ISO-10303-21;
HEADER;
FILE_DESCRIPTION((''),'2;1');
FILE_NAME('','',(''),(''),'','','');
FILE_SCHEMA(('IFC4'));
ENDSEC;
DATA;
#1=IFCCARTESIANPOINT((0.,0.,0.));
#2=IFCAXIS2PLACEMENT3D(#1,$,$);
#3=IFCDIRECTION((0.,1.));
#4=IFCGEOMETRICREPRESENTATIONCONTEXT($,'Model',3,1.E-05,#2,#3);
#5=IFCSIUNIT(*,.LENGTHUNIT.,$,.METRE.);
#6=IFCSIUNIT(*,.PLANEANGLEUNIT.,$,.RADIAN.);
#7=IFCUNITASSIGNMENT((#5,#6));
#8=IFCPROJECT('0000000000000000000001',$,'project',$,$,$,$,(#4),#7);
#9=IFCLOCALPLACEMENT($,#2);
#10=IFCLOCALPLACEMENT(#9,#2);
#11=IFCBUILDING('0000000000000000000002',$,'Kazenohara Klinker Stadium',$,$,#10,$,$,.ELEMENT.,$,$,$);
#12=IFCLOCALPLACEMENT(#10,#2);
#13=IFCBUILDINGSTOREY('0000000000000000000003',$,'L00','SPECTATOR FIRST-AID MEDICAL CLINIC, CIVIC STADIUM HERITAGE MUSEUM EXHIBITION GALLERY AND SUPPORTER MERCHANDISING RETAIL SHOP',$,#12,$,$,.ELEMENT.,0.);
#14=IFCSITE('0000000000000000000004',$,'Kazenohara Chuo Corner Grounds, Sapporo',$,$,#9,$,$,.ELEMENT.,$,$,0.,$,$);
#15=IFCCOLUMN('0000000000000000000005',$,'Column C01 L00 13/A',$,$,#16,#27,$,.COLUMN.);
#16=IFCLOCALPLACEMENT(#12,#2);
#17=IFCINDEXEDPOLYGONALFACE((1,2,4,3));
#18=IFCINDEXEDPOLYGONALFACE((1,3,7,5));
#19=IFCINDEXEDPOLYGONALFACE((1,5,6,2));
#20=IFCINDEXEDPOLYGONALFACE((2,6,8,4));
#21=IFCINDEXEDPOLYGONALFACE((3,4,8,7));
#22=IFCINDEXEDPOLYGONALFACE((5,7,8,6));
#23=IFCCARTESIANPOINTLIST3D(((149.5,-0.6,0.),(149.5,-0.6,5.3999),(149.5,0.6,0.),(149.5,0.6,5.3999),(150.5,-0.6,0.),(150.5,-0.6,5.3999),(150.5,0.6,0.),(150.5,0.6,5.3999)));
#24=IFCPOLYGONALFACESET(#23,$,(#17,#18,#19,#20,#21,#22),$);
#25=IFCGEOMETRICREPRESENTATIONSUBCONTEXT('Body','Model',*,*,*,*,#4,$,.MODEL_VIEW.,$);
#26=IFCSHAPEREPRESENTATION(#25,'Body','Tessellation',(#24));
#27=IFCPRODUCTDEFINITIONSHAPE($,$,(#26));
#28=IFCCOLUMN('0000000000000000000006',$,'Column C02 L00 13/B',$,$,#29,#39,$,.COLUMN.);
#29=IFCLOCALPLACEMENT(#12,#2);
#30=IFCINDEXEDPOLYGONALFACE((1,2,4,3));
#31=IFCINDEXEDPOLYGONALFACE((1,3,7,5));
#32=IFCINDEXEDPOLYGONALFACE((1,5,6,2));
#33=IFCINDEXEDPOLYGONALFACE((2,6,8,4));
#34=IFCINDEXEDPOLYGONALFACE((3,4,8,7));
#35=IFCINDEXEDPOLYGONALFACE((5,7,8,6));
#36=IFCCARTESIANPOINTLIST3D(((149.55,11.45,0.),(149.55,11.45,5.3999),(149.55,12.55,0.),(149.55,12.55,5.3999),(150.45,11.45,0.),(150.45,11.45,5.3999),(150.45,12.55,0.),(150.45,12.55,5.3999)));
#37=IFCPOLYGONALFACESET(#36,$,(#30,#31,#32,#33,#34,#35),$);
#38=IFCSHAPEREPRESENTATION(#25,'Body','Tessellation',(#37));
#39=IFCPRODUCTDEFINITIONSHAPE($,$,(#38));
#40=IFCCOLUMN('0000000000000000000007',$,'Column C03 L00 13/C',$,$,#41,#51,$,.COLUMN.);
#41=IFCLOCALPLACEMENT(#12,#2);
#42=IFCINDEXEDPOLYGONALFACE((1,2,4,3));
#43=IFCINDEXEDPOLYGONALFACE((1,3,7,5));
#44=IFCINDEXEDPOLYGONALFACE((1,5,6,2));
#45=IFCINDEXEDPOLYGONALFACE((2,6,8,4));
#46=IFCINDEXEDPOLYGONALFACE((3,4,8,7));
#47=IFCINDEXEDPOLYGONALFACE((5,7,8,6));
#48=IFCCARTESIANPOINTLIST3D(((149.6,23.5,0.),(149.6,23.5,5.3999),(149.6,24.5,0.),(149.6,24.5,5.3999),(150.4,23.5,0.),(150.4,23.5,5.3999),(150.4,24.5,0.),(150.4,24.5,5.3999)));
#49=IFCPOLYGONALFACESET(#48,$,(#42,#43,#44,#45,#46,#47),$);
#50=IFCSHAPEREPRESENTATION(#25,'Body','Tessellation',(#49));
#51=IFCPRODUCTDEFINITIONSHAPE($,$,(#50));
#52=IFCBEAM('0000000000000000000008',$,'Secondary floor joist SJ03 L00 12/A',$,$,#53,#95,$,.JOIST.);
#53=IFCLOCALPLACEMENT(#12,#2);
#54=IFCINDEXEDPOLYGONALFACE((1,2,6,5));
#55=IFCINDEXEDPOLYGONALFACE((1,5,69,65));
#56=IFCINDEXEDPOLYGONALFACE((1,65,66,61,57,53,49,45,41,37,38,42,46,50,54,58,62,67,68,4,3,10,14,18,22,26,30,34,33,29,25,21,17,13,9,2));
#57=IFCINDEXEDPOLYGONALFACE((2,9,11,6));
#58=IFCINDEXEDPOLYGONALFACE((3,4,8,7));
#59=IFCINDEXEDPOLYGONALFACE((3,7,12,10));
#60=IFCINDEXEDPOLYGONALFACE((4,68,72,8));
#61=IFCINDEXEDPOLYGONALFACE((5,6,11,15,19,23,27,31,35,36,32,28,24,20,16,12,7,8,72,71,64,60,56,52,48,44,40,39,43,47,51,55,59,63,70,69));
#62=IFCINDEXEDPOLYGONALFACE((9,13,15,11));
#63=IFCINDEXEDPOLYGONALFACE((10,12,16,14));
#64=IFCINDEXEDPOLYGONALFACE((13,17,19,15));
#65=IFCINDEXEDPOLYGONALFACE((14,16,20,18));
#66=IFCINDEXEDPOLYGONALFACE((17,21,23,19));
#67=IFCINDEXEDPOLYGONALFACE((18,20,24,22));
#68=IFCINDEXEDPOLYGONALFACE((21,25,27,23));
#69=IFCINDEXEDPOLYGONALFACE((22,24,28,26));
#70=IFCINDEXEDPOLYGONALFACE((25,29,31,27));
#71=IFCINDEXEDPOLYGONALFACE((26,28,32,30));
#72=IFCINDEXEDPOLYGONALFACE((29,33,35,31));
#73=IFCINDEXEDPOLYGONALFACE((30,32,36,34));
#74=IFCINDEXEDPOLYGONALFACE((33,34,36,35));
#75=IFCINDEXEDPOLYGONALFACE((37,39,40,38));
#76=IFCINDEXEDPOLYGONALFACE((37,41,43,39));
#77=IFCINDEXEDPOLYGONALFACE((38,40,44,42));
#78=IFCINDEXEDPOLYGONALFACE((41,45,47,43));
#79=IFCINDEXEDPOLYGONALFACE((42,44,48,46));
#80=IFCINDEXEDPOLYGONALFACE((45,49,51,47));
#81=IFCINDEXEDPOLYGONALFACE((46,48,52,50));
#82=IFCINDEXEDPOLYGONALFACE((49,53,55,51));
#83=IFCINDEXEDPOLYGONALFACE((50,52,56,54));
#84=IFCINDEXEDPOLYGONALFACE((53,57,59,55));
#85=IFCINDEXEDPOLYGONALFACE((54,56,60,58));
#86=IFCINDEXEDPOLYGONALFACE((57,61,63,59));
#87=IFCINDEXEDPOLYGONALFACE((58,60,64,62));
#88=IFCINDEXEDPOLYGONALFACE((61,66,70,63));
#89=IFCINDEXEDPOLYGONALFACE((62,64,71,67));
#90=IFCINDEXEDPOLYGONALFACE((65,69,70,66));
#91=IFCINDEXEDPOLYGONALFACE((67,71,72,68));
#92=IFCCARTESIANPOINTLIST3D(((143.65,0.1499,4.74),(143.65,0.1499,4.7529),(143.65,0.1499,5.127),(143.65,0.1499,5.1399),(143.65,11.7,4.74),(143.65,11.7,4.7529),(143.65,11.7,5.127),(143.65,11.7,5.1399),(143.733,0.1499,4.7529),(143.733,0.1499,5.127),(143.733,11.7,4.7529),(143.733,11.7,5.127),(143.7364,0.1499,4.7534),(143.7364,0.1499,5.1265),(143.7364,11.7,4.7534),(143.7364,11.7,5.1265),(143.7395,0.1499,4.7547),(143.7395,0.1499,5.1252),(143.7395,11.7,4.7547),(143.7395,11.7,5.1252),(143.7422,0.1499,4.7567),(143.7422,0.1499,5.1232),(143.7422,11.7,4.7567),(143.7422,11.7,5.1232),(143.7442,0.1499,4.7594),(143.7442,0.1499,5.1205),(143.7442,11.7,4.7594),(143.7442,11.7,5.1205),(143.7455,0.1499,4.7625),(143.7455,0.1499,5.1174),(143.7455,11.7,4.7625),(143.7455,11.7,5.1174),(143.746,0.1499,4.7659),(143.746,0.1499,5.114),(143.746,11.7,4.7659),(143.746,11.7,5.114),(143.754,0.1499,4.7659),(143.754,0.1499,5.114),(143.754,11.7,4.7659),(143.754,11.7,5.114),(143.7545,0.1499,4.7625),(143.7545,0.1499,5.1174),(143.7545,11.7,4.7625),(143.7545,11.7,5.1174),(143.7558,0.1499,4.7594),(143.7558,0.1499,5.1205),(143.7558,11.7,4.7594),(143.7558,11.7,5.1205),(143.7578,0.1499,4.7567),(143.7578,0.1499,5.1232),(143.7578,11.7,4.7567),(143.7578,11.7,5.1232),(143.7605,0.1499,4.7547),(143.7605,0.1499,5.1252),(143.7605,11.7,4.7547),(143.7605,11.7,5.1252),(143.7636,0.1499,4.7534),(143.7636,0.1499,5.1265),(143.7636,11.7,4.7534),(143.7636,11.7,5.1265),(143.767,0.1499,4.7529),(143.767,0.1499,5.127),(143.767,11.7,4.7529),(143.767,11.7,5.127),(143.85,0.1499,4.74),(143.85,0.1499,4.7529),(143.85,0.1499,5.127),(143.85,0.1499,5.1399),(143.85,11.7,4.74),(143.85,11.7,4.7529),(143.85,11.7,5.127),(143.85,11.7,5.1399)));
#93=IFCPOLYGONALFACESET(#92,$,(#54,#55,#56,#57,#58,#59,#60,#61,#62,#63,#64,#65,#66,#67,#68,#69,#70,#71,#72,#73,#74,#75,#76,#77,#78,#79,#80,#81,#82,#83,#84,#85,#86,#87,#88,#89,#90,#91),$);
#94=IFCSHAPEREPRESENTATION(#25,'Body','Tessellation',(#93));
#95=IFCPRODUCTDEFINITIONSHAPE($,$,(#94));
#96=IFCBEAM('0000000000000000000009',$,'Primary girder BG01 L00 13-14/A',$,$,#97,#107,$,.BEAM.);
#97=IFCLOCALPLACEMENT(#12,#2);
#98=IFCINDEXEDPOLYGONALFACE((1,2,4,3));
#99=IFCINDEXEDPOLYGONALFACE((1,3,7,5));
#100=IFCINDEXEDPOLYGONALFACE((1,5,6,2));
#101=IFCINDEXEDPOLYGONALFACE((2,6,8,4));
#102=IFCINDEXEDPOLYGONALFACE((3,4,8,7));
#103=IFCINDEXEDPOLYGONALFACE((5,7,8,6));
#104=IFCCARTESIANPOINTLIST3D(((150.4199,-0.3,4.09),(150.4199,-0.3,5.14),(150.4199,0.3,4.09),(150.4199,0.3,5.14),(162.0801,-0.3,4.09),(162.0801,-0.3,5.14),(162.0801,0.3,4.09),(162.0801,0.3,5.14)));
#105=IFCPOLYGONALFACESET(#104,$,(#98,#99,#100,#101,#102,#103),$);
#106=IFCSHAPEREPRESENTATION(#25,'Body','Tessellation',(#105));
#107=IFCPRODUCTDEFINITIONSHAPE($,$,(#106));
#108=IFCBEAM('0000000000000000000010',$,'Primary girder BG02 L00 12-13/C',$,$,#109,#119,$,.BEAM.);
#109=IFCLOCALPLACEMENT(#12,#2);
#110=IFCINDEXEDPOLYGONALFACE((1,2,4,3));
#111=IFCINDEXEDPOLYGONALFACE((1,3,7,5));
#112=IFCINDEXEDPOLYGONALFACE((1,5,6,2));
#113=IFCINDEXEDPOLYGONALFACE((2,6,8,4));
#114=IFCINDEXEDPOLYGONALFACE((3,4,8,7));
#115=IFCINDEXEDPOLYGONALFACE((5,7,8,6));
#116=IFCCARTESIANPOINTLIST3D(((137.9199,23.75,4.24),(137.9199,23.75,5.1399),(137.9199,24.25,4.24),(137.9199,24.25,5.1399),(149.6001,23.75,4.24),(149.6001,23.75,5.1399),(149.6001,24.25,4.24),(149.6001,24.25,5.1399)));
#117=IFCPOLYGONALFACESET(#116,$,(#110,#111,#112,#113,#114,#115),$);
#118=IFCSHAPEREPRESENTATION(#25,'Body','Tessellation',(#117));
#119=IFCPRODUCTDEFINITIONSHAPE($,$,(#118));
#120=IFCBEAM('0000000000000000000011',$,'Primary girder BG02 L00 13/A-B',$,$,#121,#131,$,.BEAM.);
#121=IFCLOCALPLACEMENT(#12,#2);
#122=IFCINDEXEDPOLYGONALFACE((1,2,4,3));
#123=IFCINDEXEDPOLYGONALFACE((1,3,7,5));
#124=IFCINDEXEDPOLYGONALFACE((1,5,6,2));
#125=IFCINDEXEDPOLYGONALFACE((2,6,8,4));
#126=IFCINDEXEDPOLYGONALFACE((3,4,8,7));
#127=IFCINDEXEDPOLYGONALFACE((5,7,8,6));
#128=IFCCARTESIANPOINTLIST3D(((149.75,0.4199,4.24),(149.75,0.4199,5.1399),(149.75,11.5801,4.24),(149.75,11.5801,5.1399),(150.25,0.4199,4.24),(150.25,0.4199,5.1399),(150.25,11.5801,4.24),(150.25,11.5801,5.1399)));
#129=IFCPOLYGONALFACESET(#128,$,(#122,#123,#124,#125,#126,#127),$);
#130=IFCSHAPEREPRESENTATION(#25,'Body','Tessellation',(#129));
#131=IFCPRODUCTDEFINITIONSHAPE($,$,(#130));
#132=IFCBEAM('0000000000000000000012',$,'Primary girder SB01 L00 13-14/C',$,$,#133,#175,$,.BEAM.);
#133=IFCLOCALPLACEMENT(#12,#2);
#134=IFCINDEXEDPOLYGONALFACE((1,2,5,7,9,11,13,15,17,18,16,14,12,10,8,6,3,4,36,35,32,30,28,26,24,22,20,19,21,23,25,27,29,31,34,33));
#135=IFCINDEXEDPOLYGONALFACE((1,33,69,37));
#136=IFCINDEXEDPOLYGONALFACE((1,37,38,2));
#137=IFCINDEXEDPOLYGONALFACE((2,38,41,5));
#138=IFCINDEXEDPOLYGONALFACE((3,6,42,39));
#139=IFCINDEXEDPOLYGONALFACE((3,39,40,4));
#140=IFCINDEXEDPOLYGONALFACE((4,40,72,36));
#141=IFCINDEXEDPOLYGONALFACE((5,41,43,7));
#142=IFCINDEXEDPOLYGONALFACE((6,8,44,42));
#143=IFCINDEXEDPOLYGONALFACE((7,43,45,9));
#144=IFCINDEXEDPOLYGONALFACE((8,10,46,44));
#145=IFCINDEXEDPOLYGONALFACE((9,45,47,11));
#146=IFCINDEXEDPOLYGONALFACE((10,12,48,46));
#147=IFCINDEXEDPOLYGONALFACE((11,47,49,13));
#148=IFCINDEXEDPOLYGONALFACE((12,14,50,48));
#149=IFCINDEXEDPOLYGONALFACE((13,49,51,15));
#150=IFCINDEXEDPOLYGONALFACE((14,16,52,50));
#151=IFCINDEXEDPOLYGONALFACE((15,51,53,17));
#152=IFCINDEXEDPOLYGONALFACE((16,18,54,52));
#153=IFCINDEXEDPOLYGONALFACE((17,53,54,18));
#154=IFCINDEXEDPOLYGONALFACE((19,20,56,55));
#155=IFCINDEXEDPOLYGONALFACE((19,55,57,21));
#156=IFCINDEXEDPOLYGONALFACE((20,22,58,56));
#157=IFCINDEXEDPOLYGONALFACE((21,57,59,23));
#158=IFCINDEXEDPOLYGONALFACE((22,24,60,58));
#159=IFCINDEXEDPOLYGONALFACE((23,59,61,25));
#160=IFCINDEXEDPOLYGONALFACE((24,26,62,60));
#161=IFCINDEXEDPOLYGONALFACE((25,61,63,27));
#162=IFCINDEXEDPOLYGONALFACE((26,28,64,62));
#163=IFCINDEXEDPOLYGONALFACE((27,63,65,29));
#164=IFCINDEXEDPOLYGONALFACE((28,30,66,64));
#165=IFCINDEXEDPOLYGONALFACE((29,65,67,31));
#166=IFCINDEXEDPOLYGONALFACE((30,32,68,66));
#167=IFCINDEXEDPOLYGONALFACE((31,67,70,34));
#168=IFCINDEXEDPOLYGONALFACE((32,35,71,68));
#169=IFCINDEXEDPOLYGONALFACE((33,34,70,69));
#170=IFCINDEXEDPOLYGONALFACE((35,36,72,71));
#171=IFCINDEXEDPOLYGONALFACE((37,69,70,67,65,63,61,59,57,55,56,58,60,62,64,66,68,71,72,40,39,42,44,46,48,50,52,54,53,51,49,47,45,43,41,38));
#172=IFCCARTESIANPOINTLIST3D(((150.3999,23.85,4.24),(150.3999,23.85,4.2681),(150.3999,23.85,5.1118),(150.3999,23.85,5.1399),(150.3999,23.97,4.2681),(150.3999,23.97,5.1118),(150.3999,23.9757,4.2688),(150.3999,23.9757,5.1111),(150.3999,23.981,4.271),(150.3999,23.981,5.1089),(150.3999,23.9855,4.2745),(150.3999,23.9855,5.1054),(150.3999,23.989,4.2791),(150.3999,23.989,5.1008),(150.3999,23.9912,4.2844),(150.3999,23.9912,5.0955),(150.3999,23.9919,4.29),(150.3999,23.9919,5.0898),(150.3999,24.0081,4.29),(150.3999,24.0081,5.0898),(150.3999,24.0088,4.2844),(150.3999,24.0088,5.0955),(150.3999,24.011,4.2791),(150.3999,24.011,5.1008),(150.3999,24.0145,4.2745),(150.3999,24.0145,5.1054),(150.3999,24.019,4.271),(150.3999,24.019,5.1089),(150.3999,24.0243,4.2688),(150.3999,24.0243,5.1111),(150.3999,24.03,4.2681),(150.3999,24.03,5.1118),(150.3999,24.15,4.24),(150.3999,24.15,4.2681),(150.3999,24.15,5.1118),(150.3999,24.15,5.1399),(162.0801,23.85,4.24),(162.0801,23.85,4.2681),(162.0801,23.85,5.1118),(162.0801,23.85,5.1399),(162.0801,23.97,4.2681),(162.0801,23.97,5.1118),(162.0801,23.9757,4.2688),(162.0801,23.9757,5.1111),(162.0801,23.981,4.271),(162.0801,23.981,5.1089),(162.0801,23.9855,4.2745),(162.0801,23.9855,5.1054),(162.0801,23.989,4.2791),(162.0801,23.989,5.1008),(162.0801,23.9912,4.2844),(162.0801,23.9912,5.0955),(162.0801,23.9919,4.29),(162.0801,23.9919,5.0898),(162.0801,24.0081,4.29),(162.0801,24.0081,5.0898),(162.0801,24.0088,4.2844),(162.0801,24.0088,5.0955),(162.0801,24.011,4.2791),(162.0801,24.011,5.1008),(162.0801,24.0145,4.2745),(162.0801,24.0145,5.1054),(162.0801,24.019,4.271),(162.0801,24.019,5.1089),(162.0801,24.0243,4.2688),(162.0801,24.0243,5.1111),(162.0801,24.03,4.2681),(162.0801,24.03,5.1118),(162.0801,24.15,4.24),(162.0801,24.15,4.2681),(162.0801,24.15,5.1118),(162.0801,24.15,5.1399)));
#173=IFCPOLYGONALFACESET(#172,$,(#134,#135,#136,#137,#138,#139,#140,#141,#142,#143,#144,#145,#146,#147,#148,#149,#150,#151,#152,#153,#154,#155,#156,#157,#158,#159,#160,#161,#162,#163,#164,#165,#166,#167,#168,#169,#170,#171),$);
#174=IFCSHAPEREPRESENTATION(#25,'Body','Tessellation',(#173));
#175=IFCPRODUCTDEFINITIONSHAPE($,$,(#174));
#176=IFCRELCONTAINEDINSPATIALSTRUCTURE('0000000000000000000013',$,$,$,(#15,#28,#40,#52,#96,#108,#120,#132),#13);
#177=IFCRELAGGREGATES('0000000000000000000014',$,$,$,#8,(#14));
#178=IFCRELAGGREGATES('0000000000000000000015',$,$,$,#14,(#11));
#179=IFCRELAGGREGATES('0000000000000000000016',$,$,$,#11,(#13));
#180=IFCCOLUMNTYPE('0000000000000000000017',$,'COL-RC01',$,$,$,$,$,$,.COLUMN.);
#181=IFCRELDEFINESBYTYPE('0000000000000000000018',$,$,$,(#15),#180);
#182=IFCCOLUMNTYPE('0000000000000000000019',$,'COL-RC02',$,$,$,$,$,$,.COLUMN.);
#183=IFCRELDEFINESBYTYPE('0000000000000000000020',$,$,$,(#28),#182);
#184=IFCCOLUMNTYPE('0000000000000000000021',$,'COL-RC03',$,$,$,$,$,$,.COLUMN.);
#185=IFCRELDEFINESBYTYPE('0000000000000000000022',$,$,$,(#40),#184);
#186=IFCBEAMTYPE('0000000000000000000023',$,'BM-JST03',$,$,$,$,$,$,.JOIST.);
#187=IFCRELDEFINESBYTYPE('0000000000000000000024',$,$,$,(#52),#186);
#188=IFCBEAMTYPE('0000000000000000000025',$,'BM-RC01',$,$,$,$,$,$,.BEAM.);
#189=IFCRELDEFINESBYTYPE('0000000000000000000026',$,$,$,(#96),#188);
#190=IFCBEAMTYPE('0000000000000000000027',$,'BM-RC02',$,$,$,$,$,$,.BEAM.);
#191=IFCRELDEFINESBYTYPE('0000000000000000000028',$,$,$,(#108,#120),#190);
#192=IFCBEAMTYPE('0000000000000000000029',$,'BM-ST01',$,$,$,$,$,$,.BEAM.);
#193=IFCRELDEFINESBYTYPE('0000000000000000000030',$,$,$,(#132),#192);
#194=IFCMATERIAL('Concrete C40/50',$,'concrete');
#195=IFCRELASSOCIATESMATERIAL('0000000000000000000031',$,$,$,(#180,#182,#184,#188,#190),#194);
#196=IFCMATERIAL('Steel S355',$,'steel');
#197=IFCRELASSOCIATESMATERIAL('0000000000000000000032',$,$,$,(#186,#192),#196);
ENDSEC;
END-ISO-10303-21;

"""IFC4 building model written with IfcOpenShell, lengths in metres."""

from ifc_helpers import new_model, si_unit, direction, frame, origin, origin_2d, place, context, subcontext, project, spatial, rectangle, i_section, extrude, material, material_profile, profile_set, type_object, element, save


model = new_model("IFC4")

# Units and contexts
model_context = context("Model", 3, precision=1e-05, world=origin(), true_north=direction((0.0, 1.0)))
body_context = subcontext(model_context, "Body", "Model", "MODEL_VIEW")
ifc_project = project(units=[si_unit("LENGTHUNIT", "METRE"), si_unit("PLANEANGLEUNIT", "RADIAN")], contexts=[model_context])

# Site, building, storey
site_placement = place(None, origin())
site = spatial("IfcSite", under=ifc_project, at=site_placement, Name="Kazenohara Chuo Corner Grounds, Sapporo", CompositionType="ELEMENT", RefElevation=0.0)
building_placement = place(site_placement, origin())
building = spatial("IfcBuilding", under=site, at=building_placement, Name="Kazenohara Klinker Stadium", CompositionType="ELEMENT")
storey_placement = place(building_placement, origin())
storey = spatial("IfcBuildingStorey", under=building, at=storey_placement, Name="L00", Description="SPECTATOR FIRST-AID MEDICAL CLINIC, CIVIC STADIUM HERITAGE MUSEUM EXHIBITION GALLERY AND SUPPORTER MERCHANDISING RETAIL SHOP", CompositionType="ELEMENT", Elevation=0.0)

# Columns
ifc_material_1 = material(Name="Concrete C40/50", Category="concrete")
ifc_material_profile_1 = material_profile(ifc_material_1, rectangle(XDim=1.0, YDim=1.2, at=origin_2d()), Name="RC-COL-1200x1000")
ifc_profile_set_1 = profile_set([ifc_material_profile_1], Name="Concrete C40/50")
column_type_1 = type_object("IfcColumnType", Name="COL-RC01", PredefinedType="COLUMN", material=ifc_profile_set_1)
column_1_placement = place(storey_placement, frame((150.0, 0.0, 0.0), z_axis=(0.0, 0.0, 1.0), x_axis=(1.0, 0.0, 0.0)))
element("IfcColumn", 1, at=column_1_placement, inside=storey, type_object=column_type_1, Name="Column C01 L00 13/A", PredefinedType="COLUMN", context=body_context, shape_type="SweptSolid", body=[
    extrude(rectangle(XDim=1.0, YDim=1.2, at=origin_2d()), origin(), (0.0, 0.0, 1.0), 5.3999),
])
ifc_material_profile_2 = material_profile(ifc_material_1, rectangle(XDim=0.8999, YDim=1.1001, at=origin_2d()), Name="RC-COL-1100x900")
ifc_profile_set_2 = profile_set([ifc_material_profile_2], Name="Concrete C40/50")
column_type_2 = type_object("IfcColumnType", Name="COL-RC02", PredefinedType="COLUMN", material=ifc_profile_set_2)
column_2_placement = place(storey_placement, frame((150.0, 12.0, 0.0), z_axis=(0.0, 0.0, 1.0), x_axis=(1.0, 0.0, 0.0)))
element("IfcColumn", 2, at=column_2_placement, inside=storey, type_object=column_type_2, Name="Column C02 L00 13/B", PredefinedType="COLUMN", context=body_context, shape_type="SweptSolid", body=[
    extrude(rectangle(XDim=0.8999, YDim=1.1001, at=origin_2d()), origin(), (0.0, 0.0, 1.0), 5.3999),
])
ifc_material_profile_3 = material_profile(ifc_material_1, rectangle(XDim=0.8, YDim=1.0, at=origin_2d()), Name="RC-COL-1000x800")
ifc_profile_set_3 = profile_set([ifc_material_profile_3], Name="Concrete C40/50")
column_type_3 = type_object("IfcColumnType", Name="COL-RC03", PredefinedType="COLUMN", material=ifc_profile_set_3)
column_3_placement = place(storey_placement, frame((150.0, 24.0, 0.0), z_axis=(0.0, 0.0, 1.0), x_axis=(1.0, 0.0, 0.0)))
element("IfcColumn", 3, at=column_3_placement, inside=storey, type_object=column_type_3, Name="Column C03 L00 13/C", PredefinedType="COLUMN", context=body_context, shape_type="SweptSolid", body=[
    extrude(rectangle(XDim=0.8, YDim=1.0, at=origin_2d()), origin(), (0.0, 0.0, 1.0), 5.3999),
])

# Beams
ifc_material_2 = material(Name="Steel S355", Category="steel")
ifc_material_profile_4 = material_profile(ifc_material_2, i_section(OverallWidth=0.2, OverallDepth=0.3999, WebThickness=0.0081, FlangeThickness=0.0129, FilletRadius=0.0129, at=origin_2d()), Name="H-400x200x8x13")
ifc_profile_set_4 = profile_set([ifc_material_profile_4], Name="Steel S355")
beam_type_1 = type_object("IfcBeamType", Name="BM-JST03", PredefinedType="JOIST", material=ifc_profile_set_4)
beam_1_placement = place(storey_placement, frame((143.75, 0.1499, 4.9399), z_axis=(0.0, 1.0, 0.0), x_axis=(-1.0, 0.0, 0.0)))
element("IfcBeam", 4, at=beam_1_placement, inside=storey, type_object=beam_type_1, Name="Secondary floor joist SJ03 L00 12/A", PredefinedType="JOIST", context=body_context, shape_type="SweptSolid", body=[
    extrude(i_section(OverallWidth=0.2, OverallDepth=0.3999, WebThickness=0.0081, FlangeThickness=0.0129, FilletRadius=0.0129, at=origin_2d()), origin(), (0.0, 0.0, 1.0), 11.55),
])
ifc_material_profile_5 = material_profile(ifc_material_1, rectangle(XDim=0.6001, YDim=1.05, at=origin_2d()), Name="RC-BM-600x1050")
ifc_profile_set_5 = profile_set([ifc_material_profile_5], Name="Concrete C40/50")
beam_type_2 = type_object("IfcBeamType", Name="BM-RC01", PredefinedType="BEAM", material=ifc_profile_set_5)
beam_2_placement = place(storey_placement, frame((150.4199, 0.0, 4.615), z_axis=(1.0, 0.0, 0.0), x_axis=(0.0, 1.0, 0.0)))
element("IfcBeam", 5, at=beam_2_placement, inside=storey, type_object=beam_type_2, Name="Primary girder BG01 L00 13-14/A", PredefinedType="BEAM", context=body_context, shape_type="SweptSolid", body=[
    extrude(rectangle(XDim=0.6001, YDim=1.05, at=origin_2d()), origin(), (0.0, 0.0, 1.0), 11.6602),
])
ifc_material_profile_6 = material_profile(ifc_material_1, rectangle(XDim=0.5, YDim=0.8999, at=origin_2d()), Name="RC-BM-500x900")
ifc_profile_set_6 = profile_set([ifc_material_profile_6], Name="Concrete C40/50")
beam_type_3 = type_object("IfcBeamType", Name="BM-RC02", PredefinedType="BEAM", material=ifc_profile_set_6)
beam_3_placement = place(storey_placement, frame((137.9199, 24.0, 4.6899), z_axis=(1.0, 0.0, 0.0), x_axis=(0.0, 1.0, 0.0)))
element("IfcBeam", 6, at=beam_3_placement, inside=storey, type_object=beam_type_3, Name="Primary girder BG02 L00 12-13/C", PredefinedType="BEAM", context=body_context, shape_type="SweptSolid", body=[
    extrude(rectangle(XDim=0.5, YDim=0.8999, at=origin_2d()), origin(), (0.0, 0.0, 1.0), 11.6802),
])
beam_4_placement = place(storey_placement, frame((150.0, 0.4199, 4.6899), z_axis=(0.0, 1.0, 0.0), x_axis=(-1.0, 0.0, 0.0)))
element("IfcBeam", 7, at=beam_4_placement, inside=storey, type_object=beam_type_3, Name="Primary girder BG02 L00 13/A-B", PredefinedType="BEAM", context=body_context, shape_type="SweptSolid", body=[
    extrude(rectangle(XDim=0.5, YDim=0.8999, at=origin_2d()), origin(), (0.0, 0.0, 1.0), 11.1602),
])
ifc_material_profile_7 = material_profile(ifc_material_2, i_section(OverallWidth=0.3, OverallDepth=0.8999, WebThickness=0.0161, FlangeThickness=0.0281, FilletRadius=0.022, at=origin_2d()), Name="H-900x300x16x28")
ifc_profile_set_7 = profile_set([ifc_material_profile_7], Name="Steel S355")
beam_type_4 = type_object("IfcBeamType", Name="BM-ST01", PredefinedType="BEAM", material=ifc_profile_set_7)
beam_5_placement = place(storey_placement, frame((150.3999, 24.0, 4.6899), z_axis=(1.0, 0.0, 0.0), x_axis=(0.0, 1.0, 0.0)))
element("IfcBeam", 8, at=beam_5_placement, inside=storey, type_object=beam_type_4, Name="Primary girder SB01 L00 13-14/C", PredefinedType="BEAM", context=body_context, shape_type="SweptSolid", body=[
    extrude(i_section(OverallWidth=0.3, OverallDepth=0.8999, WebThickness=0.0161, FlangeThickness=0.0281, FilletRadius=0.022, at=origin_2d()), origin(), (0.0, 0.0, 1.0), 11.6802),
])

save(model, "model.ifc")
